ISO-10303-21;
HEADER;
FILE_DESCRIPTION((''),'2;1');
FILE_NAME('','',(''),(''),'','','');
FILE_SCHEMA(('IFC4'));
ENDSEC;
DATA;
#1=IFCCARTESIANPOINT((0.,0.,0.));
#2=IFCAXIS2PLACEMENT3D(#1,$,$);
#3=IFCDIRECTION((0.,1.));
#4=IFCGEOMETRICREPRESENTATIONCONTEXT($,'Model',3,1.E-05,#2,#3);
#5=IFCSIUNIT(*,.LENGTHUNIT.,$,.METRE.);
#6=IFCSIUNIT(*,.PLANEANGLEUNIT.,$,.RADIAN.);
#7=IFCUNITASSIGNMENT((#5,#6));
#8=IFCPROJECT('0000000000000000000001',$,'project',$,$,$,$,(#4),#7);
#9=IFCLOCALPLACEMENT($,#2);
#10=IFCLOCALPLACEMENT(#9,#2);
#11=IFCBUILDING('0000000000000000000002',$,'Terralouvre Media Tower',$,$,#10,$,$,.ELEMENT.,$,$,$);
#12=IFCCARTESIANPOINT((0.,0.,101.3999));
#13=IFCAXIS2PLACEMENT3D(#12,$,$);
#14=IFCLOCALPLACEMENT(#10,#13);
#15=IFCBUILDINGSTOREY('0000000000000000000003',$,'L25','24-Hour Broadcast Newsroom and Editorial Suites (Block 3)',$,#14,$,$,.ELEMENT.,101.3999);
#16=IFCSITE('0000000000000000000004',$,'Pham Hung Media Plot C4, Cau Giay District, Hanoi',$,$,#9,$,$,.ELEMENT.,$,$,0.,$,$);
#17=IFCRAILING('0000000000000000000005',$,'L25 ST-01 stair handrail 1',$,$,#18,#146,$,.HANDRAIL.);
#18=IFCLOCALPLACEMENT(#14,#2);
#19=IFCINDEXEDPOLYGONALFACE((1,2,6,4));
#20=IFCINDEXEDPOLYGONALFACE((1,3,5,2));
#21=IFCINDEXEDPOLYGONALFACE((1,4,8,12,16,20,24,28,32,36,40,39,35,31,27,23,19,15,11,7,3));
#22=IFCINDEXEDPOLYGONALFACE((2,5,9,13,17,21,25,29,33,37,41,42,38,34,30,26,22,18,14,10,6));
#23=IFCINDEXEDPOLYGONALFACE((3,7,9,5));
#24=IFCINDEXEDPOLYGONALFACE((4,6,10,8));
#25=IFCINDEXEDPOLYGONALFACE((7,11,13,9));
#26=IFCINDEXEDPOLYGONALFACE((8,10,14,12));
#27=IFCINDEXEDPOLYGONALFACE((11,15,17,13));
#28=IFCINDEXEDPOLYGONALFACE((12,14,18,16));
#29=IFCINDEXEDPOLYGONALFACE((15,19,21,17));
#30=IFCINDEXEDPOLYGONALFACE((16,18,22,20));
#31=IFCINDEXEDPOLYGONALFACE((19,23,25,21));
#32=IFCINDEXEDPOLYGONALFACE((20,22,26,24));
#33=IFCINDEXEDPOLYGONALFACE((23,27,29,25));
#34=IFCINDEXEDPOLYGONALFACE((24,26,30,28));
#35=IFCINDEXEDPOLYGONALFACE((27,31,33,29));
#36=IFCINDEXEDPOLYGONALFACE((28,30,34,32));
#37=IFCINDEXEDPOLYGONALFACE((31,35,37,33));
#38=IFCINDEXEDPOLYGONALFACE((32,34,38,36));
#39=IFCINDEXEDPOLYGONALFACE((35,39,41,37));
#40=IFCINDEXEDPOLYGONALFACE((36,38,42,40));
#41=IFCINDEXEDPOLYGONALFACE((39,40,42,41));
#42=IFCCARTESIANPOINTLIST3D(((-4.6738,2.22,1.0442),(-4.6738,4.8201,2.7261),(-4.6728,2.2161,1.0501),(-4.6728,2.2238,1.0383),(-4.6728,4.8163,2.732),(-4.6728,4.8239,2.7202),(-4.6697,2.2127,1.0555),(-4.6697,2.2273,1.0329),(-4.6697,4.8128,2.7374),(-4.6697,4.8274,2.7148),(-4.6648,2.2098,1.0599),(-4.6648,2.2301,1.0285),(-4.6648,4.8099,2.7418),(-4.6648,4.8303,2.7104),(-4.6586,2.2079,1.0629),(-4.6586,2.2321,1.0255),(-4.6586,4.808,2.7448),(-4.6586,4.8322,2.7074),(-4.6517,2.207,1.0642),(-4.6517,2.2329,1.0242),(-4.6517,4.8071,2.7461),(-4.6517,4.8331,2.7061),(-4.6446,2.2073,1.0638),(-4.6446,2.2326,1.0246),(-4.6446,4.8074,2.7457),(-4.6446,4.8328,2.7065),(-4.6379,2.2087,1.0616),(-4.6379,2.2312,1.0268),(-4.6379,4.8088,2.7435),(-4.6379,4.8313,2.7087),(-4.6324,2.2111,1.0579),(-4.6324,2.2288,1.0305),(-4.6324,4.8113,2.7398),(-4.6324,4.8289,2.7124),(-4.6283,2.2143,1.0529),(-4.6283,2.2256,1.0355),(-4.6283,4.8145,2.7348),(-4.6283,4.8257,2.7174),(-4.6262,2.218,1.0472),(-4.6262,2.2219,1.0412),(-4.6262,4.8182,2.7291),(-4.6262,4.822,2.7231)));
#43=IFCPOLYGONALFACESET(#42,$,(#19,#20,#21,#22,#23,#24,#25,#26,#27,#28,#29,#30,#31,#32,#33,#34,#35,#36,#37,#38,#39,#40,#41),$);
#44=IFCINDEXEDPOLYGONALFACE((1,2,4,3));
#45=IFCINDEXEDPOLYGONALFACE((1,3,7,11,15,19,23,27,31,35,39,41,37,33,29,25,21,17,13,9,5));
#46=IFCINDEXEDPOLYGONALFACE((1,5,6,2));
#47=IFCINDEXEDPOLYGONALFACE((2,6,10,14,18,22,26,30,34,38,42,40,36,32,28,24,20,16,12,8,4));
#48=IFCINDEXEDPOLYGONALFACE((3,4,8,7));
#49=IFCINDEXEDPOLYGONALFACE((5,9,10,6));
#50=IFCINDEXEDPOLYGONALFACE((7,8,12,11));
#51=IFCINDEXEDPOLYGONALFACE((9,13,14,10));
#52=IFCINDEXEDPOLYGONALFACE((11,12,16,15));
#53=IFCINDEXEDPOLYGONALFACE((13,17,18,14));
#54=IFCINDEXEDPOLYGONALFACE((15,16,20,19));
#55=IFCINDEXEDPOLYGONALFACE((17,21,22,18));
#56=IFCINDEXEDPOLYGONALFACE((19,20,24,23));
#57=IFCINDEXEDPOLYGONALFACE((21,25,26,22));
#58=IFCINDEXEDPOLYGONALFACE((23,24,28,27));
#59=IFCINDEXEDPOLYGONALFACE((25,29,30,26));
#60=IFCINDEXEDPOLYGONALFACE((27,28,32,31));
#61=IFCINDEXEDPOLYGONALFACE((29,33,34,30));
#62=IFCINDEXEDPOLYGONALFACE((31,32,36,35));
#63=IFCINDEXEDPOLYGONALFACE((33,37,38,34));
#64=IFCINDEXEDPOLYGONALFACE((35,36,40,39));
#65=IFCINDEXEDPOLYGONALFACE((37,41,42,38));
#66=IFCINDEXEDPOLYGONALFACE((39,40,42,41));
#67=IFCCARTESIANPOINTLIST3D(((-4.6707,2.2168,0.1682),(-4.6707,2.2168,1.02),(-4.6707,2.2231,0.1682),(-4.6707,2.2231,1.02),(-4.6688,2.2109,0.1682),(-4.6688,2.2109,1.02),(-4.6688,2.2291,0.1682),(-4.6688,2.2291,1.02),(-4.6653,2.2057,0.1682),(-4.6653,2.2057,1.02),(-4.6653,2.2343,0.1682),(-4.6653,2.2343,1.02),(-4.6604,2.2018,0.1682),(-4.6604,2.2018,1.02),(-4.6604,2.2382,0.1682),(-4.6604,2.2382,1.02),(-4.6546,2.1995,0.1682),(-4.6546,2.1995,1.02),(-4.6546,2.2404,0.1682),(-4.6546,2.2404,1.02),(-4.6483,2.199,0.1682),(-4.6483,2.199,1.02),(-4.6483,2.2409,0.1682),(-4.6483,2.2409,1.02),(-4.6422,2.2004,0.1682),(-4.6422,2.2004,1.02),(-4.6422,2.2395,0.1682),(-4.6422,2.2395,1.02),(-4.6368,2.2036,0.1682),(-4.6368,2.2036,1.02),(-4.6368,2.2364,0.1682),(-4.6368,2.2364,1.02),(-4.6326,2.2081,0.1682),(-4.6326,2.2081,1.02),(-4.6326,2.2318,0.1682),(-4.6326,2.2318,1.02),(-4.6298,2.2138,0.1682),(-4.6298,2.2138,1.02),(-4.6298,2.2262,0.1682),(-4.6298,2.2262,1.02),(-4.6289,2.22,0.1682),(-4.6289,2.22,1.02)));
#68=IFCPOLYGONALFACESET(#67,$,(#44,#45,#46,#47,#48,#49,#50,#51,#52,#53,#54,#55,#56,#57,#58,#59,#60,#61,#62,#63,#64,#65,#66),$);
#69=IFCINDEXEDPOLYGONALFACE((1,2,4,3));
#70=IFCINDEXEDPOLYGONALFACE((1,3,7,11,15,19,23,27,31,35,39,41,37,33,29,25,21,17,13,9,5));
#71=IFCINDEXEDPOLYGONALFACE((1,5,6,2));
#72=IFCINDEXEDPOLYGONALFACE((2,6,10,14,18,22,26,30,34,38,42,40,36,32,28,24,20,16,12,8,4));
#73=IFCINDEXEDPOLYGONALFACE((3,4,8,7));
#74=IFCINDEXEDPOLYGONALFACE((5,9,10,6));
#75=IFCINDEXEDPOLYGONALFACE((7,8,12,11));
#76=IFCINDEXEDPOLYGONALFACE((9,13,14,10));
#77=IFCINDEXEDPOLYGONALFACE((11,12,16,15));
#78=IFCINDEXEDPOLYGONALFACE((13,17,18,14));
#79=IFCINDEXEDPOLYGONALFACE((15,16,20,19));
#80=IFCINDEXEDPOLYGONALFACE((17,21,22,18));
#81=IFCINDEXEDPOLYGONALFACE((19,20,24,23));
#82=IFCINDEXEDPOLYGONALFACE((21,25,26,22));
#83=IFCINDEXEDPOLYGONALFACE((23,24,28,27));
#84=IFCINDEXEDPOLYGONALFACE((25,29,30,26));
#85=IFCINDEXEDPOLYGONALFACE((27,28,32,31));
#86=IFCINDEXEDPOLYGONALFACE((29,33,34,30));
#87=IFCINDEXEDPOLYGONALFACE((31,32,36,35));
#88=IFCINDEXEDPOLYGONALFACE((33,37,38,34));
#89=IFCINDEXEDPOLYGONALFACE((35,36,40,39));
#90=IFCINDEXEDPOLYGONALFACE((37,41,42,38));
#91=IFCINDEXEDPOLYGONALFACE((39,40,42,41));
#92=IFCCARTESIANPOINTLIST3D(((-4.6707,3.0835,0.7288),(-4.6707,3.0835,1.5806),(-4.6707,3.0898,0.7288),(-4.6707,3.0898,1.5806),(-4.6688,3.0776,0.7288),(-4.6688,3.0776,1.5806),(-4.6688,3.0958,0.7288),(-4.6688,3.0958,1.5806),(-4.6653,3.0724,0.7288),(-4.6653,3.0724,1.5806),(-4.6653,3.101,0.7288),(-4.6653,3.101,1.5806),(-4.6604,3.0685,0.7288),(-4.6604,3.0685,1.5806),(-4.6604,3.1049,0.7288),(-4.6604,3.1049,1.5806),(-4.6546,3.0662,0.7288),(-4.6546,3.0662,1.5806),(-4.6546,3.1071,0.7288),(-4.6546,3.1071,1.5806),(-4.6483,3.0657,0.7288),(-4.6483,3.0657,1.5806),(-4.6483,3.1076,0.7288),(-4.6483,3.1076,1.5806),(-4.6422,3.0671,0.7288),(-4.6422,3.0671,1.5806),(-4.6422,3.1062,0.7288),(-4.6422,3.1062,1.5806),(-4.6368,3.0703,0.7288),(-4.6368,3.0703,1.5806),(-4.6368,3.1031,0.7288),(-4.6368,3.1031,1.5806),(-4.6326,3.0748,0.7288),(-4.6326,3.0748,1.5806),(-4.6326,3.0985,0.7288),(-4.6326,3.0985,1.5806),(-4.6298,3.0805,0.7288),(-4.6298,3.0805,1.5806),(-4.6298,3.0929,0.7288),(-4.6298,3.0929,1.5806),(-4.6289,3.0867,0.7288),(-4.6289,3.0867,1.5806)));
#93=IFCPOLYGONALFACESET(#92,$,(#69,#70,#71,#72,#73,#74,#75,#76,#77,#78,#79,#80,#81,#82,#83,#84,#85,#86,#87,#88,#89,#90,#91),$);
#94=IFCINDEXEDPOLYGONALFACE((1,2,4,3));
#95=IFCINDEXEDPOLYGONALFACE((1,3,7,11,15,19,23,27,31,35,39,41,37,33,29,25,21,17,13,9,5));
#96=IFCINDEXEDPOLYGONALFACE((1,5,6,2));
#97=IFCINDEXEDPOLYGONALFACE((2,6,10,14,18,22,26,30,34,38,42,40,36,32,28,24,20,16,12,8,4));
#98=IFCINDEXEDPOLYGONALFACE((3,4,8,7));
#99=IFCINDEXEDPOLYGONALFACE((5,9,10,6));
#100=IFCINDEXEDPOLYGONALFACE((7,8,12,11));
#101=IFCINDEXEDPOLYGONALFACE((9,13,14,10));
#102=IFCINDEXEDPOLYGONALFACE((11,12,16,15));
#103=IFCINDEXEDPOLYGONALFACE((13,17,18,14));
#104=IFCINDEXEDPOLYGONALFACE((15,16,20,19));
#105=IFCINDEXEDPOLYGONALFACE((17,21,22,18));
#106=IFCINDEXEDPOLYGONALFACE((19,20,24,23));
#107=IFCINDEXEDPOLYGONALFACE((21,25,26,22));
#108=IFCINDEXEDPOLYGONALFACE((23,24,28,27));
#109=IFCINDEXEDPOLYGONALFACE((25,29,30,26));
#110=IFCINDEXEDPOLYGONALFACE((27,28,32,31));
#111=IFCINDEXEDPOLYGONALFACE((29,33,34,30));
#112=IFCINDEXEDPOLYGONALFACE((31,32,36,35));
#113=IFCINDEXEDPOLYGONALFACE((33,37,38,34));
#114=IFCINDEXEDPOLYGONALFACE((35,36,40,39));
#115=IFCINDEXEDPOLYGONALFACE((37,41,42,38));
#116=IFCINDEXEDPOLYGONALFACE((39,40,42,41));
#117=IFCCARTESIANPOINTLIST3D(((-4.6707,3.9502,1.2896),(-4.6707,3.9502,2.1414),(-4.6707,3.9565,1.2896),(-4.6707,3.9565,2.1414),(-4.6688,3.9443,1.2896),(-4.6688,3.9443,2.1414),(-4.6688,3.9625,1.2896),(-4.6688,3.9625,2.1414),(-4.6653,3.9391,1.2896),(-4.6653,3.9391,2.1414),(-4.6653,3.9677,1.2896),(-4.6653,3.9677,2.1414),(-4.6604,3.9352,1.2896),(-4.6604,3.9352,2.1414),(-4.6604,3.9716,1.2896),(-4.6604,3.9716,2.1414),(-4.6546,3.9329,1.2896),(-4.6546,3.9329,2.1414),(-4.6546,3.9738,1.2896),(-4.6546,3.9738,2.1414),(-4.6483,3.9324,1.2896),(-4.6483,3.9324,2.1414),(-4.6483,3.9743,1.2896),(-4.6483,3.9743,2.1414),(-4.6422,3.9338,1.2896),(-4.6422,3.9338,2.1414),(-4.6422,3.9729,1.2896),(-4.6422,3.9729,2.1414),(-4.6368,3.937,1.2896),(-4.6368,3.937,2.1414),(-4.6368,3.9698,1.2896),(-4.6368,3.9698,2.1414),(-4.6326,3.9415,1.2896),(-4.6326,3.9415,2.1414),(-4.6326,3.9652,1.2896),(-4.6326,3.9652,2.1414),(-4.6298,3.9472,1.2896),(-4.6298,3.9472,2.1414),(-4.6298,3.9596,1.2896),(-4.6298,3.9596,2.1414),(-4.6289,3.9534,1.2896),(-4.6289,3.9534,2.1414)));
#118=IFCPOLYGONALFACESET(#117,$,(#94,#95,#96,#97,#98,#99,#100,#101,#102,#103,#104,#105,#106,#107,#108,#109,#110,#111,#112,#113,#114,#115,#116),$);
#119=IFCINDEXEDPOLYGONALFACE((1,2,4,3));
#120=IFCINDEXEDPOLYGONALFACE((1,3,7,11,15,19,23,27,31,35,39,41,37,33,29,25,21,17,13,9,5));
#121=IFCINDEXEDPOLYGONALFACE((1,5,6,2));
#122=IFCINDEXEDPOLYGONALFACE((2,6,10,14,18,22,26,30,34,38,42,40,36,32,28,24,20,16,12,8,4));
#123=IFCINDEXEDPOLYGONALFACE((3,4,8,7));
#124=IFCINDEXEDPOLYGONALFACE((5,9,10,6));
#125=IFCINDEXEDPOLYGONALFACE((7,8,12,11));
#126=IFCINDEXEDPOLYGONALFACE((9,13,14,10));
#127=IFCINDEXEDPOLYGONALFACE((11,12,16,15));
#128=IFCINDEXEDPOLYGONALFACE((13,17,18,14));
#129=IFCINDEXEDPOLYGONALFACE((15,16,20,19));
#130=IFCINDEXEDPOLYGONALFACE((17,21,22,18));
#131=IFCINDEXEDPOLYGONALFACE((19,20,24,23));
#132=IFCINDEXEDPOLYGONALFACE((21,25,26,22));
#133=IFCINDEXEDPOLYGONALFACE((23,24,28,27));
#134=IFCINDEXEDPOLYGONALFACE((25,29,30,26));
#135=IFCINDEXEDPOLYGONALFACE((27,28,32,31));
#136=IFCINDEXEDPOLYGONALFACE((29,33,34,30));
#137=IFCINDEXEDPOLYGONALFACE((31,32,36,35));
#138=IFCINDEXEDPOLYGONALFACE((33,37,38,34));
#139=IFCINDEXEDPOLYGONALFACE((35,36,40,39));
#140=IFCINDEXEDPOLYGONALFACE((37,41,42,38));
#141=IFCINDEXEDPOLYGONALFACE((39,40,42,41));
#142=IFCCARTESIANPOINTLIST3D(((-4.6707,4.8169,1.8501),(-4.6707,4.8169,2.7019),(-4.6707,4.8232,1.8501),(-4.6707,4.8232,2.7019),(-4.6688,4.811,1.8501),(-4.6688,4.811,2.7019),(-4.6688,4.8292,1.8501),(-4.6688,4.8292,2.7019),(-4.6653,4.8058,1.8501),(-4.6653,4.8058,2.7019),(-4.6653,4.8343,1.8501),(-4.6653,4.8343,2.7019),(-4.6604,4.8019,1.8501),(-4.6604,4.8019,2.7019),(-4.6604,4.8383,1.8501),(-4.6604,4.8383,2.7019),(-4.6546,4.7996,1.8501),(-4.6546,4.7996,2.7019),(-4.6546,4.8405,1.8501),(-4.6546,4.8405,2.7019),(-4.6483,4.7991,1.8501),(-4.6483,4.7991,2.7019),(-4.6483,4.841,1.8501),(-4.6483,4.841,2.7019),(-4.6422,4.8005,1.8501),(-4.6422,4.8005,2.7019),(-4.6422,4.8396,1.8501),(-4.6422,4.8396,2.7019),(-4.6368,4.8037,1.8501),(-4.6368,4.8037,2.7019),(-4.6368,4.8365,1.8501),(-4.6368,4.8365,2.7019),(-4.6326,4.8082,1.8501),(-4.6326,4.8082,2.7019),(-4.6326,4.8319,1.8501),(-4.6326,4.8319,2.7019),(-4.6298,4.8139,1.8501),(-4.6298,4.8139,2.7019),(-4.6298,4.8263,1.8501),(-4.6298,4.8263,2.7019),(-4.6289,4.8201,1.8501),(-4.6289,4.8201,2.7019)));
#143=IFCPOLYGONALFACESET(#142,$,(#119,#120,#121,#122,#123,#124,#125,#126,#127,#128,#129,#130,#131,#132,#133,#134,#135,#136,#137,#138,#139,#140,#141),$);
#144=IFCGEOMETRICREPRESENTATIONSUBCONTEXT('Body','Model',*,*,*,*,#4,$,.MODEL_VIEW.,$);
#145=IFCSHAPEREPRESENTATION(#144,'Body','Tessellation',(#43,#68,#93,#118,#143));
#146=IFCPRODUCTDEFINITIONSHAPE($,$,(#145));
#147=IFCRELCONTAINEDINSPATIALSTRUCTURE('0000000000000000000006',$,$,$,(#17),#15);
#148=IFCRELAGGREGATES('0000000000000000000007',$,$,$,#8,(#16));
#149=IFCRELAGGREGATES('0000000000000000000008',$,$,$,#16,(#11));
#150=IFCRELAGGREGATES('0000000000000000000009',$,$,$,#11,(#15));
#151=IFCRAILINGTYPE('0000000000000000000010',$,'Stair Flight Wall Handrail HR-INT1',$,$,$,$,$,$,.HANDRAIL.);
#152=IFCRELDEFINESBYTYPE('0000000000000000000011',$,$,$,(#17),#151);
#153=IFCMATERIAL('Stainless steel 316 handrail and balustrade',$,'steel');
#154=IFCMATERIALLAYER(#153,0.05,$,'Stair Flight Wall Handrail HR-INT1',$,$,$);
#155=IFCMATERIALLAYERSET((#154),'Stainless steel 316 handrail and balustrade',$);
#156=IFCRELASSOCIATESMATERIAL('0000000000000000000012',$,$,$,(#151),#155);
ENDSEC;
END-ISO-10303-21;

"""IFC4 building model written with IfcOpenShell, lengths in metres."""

from ifc_helpers import new_model, si_unit, direction, frame, origin, origin_2d, place, context, subcontext, project, spatial, circle, extrude, material, layer, layer_set, type_object, element, save


model = new_model("IFC4")

# Units and contexts
model_context = context("Model", 3, precision=1e-05, world=origin(), true_north=direction((0.0, 1.0)))
body_context = subcontext(model_context, "Body", "Model", "MODEL_VIEW")
ifc_project = project(units=[si_unit("LENGTHUNIT", "METRE"), si_unit("PLANEANGLEUNIT", "RADIAN")], contexts=[model_context])

# Site, building, storey
site_placement = place(None, origin())
site = spatial("IfcSite", under=ifc_project, at=site_placement, Name="Pham Hung Media Plot C4, Cau Giay District, Hanoi", CompositionType="ELEMENT", RefElevation=0.0)
building_placement = place(site_placement, origin())
building = spatial("IfcBuilding", under=site, at=building_placement, Name="Terralouvre Media Tower", CompositionType="ELEMENT")
storey_placement = place(building_placement, frame((0.0, 0.0, 101.3999)))
storey = spatial("IfcBuildingStorey", under=building, at=storey_placement, Name="L25", Description="24-Hour Broadcast Newsroom and Editorial Suites (Block 3)", CompositionType="ELEMENT", Elevation=101.3999)

# Railing
ifc_material_1 = material(Name="Stainless steel 316 handrail and balustrade", Category="steel")
ifc_layer_1 = layer(ifc_material_1, 0.05, Name="Stair Flight Wall Handrail HR-INT1")
ifc_layer_set_1 = layer_set([ifc_layer_1], Name="Stainless steel 316 handrail and balustrade")
railing_type_1 = type_object("IfcRailingType", Name="Stair Flight Wall Handrail HR-INT1", PredefinedType="HANDRAIL", material=ifc_layer_set_1)
railing_1_placement = place(storey_placement, frame((-4.6499, 2.22, 0.1682)))
element("IfcRailing", 1, at=railing_1_placement, inside=storey, type_object=railing_type_1, Name="L25 ST-01 stair handrail 1", PredefinedType="HANDRAIL", context=body_context, shape_type="SweptSolid", body=[
    extrude(circle(Radius=0.0239, at=origin_2d()), frame((0.0, 0.0, 0.876), z_axis=(0.0, 0.839648, 0.54313), x_axis=(-1.0, 0.0, 0.0)), (0.0, 0.0, 1.0), 3.0967),
    extrude(circle(Radius=0.021, at=origin_2d()), origin(), (0.0, 0.0, 1.0), 0.8518),
    extrude(circle(Radius=0.021, at=origin_2d()), frame((0.0, 0.8667, 0.5605)), (0.0, 0.0, 1.0), 0.8518),
    extrude(circle(Radius=0.021, at=origin_2d()), frame((0.0, 1.7334, 1.1213)), (0.0, 0.0, 1.0), 0.8518),
    extrude(circle(Radius=0.021, at=origin_2d()), frame((0.0, 2.6001, 1.6819)), (0.0, 0.0, 1.0), 0.8518),
])

save(model, "model.ifc")
